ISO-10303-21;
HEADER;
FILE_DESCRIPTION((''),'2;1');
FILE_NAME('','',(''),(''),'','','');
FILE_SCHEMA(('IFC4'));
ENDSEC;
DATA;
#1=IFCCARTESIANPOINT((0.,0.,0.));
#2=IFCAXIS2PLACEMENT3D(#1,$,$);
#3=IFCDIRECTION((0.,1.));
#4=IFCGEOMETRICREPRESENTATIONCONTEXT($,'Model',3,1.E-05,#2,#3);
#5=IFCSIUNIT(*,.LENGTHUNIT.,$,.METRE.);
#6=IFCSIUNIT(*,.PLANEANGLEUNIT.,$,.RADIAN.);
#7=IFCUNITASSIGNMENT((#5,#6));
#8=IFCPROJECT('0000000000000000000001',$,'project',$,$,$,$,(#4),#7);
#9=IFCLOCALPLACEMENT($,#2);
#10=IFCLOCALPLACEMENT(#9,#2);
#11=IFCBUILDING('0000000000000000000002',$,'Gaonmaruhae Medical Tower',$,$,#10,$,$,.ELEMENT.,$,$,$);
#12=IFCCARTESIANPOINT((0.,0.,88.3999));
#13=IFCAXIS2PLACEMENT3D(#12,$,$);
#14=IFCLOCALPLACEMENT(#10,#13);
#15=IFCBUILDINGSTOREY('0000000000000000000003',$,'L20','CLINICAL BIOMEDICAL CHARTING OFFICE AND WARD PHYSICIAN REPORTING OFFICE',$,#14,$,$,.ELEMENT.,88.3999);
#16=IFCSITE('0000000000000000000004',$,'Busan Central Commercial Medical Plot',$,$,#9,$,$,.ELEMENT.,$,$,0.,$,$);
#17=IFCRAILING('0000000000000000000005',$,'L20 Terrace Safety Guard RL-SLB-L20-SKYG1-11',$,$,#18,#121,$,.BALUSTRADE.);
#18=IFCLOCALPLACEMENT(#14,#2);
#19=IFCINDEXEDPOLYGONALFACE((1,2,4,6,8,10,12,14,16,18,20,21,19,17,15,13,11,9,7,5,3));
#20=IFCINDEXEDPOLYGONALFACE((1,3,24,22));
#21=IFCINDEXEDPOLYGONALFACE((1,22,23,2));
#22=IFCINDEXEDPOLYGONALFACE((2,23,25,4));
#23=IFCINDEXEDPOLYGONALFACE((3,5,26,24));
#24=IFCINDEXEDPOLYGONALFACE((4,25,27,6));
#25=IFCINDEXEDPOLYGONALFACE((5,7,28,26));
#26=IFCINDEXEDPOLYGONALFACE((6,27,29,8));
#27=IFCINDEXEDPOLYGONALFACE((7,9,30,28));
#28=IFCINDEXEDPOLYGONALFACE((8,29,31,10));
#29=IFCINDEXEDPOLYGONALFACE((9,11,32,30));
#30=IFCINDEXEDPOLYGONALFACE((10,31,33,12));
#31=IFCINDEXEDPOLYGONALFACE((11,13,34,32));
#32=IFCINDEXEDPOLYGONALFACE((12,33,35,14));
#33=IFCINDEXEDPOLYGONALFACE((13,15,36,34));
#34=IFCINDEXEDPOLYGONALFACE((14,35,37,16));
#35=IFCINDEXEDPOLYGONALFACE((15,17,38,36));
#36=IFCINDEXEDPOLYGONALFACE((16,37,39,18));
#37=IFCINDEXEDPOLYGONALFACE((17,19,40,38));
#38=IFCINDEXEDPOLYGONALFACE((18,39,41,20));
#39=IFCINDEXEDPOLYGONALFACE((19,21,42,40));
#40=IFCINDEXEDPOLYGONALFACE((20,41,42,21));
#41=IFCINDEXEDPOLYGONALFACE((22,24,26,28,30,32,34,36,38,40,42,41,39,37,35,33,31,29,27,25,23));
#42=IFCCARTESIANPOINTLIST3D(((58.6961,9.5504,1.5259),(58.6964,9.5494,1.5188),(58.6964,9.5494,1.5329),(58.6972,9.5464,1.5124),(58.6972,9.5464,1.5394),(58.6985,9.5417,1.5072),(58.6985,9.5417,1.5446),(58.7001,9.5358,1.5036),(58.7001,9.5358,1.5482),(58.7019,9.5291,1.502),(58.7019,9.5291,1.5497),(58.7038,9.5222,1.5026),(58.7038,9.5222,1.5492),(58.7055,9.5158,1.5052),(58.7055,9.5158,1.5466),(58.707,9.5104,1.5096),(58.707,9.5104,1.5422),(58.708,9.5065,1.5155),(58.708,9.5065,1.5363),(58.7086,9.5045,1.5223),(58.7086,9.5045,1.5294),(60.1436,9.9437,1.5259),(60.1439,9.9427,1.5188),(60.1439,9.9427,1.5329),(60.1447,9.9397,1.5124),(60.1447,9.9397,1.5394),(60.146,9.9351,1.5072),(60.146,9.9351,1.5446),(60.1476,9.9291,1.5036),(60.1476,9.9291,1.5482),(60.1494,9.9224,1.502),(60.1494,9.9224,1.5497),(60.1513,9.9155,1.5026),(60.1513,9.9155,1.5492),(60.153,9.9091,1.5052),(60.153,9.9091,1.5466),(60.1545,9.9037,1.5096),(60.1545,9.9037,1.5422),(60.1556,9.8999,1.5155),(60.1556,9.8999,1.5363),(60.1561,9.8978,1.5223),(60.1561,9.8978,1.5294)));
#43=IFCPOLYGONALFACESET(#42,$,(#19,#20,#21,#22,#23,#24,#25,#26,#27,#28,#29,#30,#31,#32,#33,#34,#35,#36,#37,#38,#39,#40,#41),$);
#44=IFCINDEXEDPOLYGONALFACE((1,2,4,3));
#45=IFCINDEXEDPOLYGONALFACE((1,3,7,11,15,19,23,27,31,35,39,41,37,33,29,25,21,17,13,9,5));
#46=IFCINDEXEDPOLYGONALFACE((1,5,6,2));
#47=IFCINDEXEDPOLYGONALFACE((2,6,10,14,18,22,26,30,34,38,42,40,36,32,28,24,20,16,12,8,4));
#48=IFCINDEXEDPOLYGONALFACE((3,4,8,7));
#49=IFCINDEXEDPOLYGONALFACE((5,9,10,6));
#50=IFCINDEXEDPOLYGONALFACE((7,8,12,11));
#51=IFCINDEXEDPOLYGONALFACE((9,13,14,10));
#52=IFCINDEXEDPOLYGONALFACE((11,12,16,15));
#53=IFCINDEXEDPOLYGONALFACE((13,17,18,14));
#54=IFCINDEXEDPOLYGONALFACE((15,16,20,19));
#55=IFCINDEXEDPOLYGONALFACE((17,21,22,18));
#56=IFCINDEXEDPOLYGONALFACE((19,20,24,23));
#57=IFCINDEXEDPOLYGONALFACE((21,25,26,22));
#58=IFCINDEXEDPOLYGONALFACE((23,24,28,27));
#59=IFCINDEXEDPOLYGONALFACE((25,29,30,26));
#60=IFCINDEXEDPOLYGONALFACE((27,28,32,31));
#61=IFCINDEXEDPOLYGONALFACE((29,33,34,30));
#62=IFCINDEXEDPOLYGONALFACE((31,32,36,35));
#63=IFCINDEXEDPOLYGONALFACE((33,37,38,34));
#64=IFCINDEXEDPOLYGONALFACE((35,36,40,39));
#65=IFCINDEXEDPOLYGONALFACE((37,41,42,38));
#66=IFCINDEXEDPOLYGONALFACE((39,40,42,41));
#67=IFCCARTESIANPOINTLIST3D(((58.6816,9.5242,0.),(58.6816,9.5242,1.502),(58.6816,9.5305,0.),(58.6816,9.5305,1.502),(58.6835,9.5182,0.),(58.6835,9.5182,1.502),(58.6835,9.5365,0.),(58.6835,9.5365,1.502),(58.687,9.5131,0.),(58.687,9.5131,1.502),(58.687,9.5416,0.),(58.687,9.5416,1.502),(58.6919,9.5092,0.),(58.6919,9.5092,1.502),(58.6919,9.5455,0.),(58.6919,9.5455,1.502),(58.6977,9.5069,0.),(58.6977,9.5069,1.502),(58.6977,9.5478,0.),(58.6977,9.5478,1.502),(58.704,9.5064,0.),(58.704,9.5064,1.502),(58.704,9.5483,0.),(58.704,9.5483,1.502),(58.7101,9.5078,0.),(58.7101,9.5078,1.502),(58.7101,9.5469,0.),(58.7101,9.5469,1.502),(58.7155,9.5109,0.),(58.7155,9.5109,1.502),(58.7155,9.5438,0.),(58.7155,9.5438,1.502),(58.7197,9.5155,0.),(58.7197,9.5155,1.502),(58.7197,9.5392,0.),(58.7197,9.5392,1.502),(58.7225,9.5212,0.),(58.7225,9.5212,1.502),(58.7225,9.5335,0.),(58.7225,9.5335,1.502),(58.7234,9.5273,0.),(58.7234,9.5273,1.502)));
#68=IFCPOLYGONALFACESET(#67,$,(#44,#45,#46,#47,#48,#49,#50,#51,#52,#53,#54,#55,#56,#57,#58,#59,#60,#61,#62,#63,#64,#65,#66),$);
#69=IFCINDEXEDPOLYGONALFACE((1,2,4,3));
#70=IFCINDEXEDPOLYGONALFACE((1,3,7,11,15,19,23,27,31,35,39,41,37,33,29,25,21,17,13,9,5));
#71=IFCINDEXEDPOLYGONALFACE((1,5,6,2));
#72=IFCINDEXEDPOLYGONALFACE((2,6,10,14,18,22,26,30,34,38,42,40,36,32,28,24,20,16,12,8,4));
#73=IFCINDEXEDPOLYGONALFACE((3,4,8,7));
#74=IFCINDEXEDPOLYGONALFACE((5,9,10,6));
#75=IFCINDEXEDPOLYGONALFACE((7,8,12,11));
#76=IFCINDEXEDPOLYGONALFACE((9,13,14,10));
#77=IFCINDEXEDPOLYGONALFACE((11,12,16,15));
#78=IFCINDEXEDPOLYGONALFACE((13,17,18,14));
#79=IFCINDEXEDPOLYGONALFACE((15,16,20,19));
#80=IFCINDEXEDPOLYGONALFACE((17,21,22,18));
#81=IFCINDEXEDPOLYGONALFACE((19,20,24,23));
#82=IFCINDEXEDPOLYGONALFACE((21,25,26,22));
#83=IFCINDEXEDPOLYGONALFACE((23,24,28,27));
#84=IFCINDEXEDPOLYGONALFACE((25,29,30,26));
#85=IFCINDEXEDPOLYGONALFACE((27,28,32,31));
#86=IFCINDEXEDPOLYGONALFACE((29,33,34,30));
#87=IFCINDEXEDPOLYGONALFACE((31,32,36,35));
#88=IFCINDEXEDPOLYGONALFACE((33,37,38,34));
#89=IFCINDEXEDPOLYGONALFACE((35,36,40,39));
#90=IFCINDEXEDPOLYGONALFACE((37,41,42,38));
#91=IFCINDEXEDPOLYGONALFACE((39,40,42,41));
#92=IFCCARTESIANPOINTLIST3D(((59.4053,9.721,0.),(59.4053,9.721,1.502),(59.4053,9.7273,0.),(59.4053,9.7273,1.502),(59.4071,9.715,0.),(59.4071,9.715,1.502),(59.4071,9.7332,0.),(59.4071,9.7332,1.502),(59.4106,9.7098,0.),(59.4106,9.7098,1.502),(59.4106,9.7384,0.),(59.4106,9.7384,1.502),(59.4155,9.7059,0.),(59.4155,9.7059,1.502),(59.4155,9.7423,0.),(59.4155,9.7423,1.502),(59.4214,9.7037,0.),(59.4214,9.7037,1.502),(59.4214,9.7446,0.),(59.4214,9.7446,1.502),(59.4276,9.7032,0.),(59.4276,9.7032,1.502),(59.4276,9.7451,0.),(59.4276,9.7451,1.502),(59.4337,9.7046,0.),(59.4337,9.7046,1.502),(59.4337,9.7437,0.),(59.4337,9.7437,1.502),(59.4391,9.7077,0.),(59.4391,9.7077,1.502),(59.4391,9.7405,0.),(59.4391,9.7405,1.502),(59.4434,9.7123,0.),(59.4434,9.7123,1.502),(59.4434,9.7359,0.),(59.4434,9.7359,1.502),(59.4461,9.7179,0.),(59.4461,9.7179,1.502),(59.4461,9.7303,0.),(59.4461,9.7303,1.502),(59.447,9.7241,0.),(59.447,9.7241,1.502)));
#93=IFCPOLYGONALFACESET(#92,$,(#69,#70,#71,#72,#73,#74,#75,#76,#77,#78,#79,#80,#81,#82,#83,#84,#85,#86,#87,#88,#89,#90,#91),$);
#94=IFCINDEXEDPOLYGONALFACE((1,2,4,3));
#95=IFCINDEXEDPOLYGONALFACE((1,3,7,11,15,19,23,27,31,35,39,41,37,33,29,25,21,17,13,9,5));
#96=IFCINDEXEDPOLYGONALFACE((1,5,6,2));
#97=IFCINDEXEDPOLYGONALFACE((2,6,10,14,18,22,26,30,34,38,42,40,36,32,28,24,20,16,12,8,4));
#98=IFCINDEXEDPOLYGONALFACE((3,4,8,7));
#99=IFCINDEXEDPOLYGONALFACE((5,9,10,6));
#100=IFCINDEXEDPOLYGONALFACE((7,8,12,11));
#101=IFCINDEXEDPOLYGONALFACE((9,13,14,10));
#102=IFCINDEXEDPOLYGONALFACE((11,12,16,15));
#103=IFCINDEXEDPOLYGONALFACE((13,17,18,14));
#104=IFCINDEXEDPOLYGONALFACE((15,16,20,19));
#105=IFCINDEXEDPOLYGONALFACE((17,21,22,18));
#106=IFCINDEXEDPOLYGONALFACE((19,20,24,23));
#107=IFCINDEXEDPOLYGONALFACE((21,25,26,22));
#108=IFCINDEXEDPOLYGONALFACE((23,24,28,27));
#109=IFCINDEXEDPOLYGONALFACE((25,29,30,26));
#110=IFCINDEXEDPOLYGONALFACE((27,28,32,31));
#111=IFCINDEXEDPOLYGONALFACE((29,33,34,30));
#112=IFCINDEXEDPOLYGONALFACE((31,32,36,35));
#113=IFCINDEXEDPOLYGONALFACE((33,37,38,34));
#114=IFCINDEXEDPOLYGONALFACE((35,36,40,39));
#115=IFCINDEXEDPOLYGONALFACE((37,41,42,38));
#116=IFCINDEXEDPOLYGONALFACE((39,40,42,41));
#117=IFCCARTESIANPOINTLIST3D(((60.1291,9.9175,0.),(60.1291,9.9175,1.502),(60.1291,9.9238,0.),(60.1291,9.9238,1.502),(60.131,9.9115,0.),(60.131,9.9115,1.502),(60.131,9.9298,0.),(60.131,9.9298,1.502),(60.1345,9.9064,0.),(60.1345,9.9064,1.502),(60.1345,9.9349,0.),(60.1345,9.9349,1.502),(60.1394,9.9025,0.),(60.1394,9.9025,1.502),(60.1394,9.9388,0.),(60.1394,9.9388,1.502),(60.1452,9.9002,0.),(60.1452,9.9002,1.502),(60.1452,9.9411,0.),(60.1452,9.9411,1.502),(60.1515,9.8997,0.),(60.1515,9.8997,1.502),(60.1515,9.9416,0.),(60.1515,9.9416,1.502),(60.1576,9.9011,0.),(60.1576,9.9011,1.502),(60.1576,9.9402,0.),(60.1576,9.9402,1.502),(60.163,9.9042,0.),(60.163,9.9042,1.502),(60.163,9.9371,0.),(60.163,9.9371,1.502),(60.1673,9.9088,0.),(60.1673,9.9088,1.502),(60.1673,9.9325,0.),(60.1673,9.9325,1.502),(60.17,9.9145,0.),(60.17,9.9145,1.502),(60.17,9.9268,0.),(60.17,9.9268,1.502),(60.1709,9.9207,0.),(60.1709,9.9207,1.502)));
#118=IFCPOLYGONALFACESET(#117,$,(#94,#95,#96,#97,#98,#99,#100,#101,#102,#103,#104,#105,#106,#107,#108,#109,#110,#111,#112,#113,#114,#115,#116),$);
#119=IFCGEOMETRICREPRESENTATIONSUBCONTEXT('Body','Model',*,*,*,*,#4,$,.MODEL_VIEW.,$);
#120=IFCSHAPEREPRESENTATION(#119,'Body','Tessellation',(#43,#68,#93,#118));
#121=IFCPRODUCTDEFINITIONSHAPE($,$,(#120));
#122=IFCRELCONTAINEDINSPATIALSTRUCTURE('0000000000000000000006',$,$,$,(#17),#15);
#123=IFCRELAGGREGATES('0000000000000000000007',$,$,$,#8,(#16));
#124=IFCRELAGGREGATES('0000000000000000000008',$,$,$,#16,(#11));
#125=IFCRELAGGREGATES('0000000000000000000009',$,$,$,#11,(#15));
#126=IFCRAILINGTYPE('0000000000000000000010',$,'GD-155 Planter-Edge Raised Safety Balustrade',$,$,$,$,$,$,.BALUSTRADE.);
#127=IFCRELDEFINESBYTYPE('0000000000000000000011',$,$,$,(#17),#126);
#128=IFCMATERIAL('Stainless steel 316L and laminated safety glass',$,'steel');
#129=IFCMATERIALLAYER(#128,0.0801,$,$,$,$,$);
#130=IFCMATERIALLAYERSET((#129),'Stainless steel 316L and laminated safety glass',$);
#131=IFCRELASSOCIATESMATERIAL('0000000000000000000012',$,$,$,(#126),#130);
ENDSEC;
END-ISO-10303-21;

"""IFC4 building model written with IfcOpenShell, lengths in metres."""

from ifc_helpers import new_model, si_unit, direction, frame, origin, origin_2d, place, context, subcontext, project, spatial, circle, extrude, material, layer, layer_set, type_object, element, save


model = new_model("IFC4")

# Units and contexts
model_context = context("Model", 3, precision=1e-05, world=origin(), true_north=direction((0.0, 1.0)))
body_context = subcontext(model_context, "Body", "Model", "MODEL_VIEW")
ifc_project = project(units=[si_unit("LENGTHUNIT", "METRE"), si_unit("PLANEANGLEUNIT", "RADIAN")], contexts=[model_context])

# Site, building, storey
site_placement = place(None, origin())
site = spatial("IfcSite", under=ifc_project, at=site_placement, Name="Busan Central Commercial Medical Plot", CompositionType="ELEMENT", RefElevation=0.0)
building_placement = place(site_placement, origin())
building = spatial("IfcBuilding", under=site, at=building_placement, Name="Gaonmaruhae Medical Tower", CompositionType="ELEMENT")
storey_placement = place(building_placement, frame((0.0, 0.0, 88.3999)))
storey = spatial("IfcBuildingStorey", under=building, at=storey_placement, Name="L20", Description="CLINICAL BIOMEDICAL CHARTING OFFICE AND WARD PHYSICIAN REPORTING OFFICE", CompositionType="ELEMENT", Elevation=88.3999)

# Railing
ifc_material_1 = material(Name="Stainless steel 316L and laminated safety glass", Category="steel")
ifc_layer_1 = layer(ifc_material_1, 0.0801)
ifc_layer_set_1 = layer_set([ifc_layer_1], Name="Stainless steel 316L and laminated safety glass")
railing_type = type_object("IfcRailingType", Name="GD-155 Planter-Edge Raised Safety Balustrade", PredefinedType="BALUSTRADE", material=ifc_layer_set_1)
railing_1_placement = place(storey_placement, frame((58.7024, 9.5273, 0.0)))
element("IfcRailing", 1, at=railing_1_placement, inside=storey, type_object=railing_type, Name="L20 Terrace Safety Guard RL-SLB-L20-SKYG1-11", PredefinedType="BALUSTRADE", context=body_context, shape_type="SweptSolid", body=[
    extrude(circle(Radius=0.0239, at=origin_2d()), frame((0.0, 0.0, 1.5259), z_axis=(0.965011, 0.262208, 0.0), x_axis=(-0.262208, 0.965011, 0.0)), (0.0, 0.0, 1.0), 1.5),
    extrude(circle(Radius=0.021, at=origin_2d()), origin(), (0.0, 0.0, 1.0), 1.502),
    extrude(circle(Radius=0.021, at=origin_2d()), frame((0.7236, 0.1968, 0.0)), (0.0, 0.0, 1.0), 1.502),
    extrude(circle(Radius=0.021, at=origin_2d()), frame((1.4475, 0.3933, 0.0)), (0.0, 0.0, 1.0), 1.502),
])

save(model, "model.ifc")
